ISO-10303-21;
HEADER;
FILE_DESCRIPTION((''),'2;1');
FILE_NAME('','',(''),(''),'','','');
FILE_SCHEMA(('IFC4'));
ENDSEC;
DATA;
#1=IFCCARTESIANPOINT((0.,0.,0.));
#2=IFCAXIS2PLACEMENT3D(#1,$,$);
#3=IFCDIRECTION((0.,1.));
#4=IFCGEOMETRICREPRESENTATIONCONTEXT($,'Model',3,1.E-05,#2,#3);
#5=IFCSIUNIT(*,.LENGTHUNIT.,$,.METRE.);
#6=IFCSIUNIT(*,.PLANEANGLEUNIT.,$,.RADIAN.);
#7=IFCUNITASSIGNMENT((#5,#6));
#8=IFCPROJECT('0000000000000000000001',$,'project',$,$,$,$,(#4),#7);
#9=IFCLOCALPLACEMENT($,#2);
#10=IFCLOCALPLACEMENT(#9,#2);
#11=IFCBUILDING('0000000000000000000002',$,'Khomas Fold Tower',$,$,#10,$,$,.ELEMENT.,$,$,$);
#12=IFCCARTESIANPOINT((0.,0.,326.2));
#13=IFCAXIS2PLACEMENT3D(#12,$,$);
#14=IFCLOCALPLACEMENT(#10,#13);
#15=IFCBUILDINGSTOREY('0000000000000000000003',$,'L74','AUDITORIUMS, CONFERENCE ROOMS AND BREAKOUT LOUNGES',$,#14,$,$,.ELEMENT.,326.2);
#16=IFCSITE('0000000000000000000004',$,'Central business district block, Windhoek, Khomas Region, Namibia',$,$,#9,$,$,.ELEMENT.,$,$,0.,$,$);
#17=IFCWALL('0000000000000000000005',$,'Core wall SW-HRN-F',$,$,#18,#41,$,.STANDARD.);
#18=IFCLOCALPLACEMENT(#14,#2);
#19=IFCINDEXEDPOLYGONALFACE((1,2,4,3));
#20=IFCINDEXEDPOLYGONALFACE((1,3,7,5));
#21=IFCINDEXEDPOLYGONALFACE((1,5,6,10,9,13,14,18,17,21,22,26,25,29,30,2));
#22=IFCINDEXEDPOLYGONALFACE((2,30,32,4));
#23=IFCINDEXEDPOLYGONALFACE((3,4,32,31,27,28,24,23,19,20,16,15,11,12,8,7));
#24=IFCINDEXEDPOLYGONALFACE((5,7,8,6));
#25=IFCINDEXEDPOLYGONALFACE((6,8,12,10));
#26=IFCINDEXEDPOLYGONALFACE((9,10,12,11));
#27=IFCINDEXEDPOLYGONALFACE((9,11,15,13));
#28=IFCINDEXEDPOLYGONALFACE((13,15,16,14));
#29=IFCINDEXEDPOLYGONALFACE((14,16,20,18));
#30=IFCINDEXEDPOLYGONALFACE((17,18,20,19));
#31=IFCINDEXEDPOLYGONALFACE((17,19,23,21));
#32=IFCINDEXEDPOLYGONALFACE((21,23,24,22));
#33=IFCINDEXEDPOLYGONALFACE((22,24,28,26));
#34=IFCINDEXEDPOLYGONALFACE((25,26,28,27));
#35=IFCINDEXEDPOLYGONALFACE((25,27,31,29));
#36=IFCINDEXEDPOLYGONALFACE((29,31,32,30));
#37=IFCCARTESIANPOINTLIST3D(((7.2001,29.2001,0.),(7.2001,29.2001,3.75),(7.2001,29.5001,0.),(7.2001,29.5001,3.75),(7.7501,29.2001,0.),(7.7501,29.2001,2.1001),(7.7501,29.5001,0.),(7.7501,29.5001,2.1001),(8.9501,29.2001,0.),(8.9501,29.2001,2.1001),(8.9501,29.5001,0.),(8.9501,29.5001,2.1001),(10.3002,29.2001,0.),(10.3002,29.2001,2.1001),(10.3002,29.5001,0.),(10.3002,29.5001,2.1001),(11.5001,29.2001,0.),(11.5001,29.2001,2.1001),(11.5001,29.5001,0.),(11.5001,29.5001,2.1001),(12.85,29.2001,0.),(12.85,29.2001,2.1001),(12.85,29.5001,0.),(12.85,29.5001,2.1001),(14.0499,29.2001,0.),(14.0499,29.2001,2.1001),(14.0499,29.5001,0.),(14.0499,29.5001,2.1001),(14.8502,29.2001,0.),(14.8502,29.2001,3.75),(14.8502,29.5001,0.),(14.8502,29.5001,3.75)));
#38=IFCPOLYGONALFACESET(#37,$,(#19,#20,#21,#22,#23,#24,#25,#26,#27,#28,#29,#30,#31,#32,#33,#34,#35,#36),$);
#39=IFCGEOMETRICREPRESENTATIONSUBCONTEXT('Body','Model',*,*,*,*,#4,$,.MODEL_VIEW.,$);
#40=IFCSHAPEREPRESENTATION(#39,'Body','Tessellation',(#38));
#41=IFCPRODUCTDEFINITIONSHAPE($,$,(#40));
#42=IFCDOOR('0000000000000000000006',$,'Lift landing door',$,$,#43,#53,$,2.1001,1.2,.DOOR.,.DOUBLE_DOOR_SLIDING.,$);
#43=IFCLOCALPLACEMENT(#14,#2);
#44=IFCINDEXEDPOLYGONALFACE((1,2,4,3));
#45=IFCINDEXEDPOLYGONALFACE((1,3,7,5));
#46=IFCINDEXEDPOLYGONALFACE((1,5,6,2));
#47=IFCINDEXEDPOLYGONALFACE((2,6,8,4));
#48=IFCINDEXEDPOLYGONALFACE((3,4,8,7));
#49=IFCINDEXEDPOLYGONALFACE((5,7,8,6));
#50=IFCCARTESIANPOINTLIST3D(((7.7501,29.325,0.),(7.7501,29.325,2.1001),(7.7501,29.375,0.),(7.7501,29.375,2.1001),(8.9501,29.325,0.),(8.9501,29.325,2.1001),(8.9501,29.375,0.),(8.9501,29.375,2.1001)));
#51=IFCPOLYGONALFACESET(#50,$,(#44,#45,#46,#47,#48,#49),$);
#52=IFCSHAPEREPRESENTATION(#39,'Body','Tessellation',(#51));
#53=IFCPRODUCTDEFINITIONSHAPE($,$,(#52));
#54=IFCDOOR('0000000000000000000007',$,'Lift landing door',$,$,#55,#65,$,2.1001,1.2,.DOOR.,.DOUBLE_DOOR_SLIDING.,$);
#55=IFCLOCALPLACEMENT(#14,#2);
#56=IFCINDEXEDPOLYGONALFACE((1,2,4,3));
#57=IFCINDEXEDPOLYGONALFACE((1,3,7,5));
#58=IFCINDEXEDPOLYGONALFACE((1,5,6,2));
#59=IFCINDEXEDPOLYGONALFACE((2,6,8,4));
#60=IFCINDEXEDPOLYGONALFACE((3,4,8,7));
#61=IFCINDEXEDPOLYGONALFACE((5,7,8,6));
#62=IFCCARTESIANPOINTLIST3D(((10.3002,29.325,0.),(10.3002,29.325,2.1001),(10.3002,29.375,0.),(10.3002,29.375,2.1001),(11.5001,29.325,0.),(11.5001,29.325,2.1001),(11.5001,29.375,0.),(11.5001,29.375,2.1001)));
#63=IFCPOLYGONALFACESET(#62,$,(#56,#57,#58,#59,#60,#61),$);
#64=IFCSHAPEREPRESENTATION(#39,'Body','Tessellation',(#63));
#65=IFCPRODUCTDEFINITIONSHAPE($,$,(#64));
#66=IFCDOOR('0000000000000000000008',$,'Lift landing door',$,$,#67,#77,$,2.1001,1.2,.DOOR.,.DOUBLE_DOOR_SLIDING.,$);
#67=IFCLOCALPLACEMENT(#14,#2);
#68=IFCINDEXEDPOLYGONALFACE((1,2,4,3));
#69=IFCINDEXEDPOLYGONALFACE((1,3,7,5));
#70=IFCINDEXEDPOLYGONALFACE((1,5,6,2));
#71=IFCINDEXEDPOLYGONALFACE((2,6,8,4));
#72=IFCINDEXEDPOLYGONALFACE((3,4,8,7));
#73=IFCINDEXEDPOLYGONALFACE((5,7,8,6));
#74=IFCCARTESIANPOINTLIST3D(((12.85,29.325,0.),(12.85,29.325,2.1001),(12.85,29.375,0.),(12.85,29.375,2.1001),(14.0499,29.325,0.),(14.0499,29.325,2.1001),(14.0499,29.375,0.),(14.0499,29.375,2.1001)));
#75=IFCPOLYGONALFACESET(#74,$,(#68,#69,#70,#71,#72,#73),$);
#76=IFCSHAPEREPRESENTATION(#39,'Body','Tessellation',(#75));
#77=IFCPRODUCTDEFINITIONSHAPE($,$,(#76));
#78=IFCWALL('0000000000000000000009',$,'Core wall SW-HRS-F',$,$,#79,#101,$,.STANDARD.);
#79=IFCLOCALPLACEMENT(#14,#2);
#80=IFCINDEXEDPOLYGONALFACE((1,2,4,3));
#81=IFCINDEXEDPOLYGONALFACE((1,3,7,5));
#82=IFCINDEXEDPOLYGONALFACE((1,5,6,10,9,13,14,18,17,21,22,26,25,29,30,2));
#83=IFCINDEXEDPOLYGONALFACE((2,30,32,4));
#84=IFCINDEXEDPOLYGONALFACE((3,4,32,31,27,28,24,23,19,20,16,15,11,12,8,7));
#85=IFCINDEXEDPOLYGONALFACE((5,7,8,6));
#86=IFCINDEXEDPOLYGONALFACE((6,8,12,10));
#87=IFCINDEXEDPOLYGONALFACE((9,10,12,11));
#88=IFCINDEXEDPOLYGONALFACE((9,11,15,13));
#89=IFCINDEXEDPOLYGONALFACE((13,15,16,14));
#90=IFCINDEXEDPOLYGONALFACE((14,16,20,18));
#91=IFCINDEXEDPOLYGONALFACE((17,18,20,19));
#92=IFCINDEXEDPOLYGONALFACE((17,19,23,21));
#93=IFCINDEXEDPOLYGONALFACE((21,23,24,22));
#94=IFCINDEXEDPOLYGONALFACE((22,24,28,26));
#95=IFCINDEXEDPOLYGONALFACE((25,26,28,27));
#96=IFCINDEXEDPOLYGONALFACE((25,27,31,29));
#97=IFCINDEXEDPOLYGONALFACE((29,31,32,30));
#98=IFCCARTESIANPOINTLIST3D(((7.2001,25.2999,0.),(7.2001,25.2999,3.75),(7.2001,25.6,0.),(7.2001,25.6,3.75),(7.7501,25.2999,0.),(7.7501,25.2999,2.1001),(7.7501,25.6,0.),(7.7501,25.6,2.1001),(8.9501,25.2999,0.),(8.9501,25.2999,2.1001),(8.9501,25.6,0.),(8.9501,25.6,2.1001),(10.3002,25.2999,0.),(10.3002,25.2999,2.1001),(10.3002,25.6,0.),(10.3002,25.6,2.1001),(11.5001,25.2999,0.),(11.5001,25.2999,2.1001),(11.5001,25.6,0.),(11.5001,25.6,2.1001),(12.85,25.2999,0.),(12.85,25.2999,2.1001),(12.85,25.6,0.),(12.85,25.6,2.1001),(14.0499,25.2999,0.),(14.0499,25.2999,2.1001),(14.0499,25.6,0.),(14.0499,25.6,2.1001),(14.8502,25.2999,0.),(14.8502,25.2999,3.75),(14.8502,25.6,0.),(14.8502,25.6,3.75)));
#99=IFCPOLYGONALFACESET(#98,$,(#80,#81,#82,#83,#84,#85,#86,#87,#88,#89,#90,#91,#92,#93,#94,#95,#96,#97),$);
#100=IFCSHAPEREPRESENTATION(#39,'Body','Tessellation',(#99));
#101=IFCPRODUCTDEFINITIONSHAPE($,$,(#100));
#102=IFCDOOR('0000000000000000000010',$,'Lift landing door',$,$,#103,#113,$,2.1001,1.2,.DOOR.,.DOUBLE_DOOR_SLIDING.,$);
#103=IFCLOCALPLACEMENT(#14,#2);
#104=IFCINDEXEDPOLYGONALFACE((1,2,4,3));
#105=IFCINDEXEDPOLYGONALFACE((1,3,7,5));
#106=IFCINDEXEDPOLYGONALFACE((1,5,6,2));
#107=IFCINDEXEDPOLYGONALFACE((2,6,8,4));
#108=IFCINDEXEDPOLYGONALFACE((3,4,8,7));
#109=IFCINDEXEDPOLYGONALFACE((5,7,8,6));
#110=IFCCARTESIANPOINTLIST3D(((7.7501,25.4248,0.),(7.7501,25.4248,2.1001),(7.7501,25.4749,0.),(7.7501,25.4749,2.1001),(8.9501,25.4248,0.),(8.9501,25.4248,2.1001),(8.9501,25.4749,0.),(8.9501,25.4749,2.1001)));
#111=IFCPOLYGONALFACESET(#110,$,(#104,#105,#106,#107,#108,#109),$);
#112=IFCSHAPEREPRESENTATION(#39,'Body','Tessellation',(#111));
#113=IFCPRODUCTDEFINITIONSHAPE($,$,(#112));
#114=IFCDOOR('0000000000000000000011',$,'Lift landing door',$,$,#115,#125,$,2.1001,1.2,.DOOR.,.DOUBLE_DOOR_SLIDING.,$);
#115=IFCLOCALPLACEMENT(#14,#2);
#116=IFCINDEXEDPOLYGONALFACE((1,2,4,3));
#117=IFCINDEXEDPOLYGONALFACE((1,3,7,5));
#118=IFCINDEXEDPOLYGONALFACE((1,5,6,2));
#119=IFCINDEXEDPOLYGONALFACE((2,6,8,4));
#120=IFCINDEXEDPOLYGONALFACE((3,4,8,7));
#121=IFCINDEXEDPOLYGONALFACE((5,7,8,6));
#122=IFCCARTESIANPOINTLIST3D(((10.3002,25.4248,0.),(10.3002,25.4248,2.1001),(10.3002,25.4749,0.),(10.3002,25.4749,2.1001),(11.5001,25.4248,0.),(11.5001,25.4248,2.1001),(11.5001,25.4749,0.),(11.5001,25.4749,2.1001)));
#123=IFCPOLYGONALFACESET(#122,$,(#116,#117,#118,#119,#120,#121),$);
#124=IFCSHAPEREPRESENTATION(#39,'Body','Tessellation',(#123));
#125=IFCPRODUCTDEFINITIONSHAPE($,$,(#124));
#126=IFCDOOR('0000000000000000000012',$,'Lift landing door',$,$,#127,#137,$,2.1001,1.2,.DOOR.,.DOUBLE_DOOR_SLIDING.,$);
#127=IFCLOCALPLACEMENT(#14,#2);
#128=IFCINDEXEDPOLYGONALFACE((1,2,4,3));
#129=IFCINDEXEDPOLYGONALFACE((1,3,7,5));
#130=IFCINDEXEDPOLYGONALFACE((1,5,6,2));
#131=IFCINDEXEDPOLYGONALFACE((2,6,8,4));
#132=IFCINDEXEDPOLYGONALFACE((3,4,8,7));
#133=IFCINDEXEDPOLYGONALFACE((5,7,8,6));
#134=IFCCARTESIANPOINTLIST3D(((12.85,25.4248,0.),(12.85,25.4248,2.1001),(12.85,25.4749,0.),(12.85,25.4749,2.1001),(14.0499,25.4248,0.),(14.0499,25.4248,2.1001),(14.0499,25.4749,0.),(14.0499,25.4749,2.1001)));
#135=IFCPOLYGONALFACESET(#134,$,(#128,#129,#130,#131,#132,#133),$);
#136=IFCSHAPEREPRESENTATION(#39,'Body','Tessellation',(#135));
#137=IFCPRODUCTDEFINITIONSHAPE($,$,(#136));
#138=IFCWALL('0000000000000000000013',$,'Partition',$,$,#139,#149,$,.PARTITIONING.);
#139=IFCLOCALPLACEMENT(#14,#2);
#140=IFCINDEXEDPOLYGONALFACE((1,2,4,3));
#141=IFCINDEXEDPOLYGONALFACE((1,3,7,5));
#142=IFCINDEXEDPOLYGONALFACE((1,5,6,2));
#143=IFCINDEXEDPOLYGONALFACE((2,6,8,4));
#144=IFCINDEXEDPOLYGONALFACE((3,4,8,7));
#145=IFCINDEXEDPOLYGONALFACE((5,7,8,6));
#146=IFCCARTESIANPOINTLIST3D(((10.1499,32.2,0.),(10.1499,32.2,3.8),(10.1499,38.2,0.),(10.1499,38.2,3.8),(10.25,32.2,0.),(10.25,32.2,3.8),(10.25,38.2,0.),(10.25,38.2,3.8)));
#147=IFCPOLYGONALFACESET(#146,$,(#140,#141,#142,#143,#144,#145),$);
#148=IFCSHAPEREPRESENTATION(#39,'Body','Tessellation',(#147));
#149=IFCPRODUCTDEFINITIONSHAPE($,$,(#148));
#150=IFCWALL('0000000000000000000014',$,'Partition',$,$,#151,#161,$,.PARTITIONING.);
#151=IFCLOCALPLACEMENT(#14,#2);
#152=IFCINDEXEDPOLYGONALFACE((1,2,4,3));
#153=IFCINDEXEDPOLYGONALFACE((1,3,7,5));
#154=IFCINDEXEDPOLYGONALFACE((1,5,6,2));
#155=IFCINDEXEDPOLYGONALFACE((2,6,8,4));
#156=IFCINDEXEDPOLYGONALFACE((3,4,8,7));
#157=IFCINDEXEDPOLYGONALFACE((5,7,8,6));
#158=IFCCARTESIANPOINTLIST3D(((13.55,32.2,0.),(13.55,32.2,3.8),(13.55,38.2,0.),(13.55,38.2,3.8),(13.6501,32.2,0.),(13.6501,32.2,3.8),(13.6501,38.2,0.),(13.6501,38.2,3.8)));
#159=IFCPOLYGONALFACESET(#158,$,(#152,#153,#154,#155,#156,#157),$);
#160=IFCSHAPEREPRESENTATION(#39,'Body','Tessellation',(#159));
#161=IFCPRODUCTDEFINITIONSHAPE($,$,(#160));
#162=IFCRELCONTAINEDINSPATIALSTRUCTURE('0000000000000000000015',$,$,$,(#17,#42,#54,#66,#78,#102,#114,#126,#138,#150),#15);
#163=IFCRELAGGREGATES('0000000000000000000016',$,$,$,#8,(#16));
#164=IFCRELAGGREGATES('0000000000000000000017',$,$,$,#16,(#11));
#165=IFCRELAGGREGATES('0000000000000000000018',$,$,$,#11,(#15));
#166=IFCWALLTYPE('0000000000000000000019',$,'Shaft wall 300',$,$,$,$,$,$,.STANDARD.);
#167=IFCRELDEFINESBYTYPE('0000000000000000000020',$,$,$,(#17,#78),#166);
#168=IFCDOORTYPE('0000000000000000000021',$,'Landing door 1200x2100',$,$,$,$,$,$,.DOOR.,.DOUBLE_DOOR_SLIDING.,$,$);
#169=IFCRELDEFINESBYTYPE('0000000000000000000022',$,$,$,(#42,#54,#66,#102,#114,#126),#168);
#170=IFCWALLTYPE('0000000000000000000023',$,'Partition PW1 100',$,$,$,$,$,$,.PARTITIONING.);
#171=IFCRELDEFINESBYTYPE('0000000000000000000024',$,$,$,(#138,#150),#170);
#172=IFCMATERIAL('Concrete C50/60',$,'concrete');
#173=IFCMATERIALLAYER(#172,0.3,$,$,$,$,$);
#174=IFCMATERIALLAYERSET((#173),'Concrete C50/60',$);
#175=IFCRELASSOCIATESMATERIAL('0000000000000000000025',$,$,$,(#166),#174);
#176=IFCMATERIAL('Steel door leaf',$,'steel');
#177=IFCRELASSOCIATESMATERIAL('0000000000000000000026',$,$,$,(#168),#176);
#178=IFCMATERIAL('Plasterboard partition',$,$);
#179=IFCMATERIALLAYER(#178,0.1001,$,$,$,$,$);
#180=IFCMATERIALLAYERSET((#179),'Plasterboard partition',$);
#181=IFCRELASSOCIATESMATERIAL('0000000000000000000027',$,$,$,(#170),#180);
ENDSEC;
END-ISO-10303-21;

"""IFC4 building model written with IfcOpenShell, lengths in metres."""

from ifc_helpers import new_model, si_unit, direction, frame, frame_2d, origin, place, context, subcontext, project, spatial, rectangle, extrude, source, transform, mapped, material, layer, layer_set, type_object, element, fill, save


model = new_model("IFC4")

# Units and contexts
model_context = context("Model", 3, precision=1e-05, world=origin(), true_north=direction((0.0, 1.0)))
body_context = subcontext(model_context, "Body", "Model", "MODEL_VIEW")
ifc_project = project(units=[si_unit("LENGTHUNIT", "METRE"), si_unit("PLANEANGLEUNIT", "RADIAN")], contexts=[model_context])

# Site, building, storey
site_placement = place(None, origin())
site = spatial("IfcSite", under=ifc_project, at=site_placement, Name="Central business district block, Windhoek, Khomas Region, Namibia", CompositionType="ELEMENT", RefElevation=0.0)
building_placement = place(site_placement, origin())
building = spatial("IfcBuilding", under=site, at=building_placement, Name="Khomas Fold Tower", CompositionType="ELEMENT")
storey_placement = place(building_placement, frame((0.0, 0.0, 326.2)))
storey = spatial("IfcBuildingStorey", under=building, at=storey_placement, Name="L74", Description="AUDITORIUMS, CONFERENCE ROOMS AND BREAKOUT LOUNGES", CompositionType="ELEMENT", Elevation=326.2)

# Shared definitions
ifc_material_1 = material(Name="Concrete C50/60", Category="concrete")
ifc_layer_1 = layer(ifc_material_1, 0.3)
ifc_layer_set_1 = layer_set([ifc_layer_1], Name="Concrete C50/60")
wall_type_1 = type_object("IfcWallType", Name="Shaft wall 300", PredefinedType="STANDARD", material=ifc_layer_set_1)
shared_shape_1 = source(origin(), body_context, "Body", "SweptSolid", [
    extrude(rectangle(XDim=7.6501, YDim=0.3, at=frame_2d((3.8252, 0.0))), origin(), (0.0, 0.0, 1.0), 3.75),
])

# Walls, openings, doors
wall_1_placement = place(storey_placement, frame((7.2, 29.3501, 0.0), z_axis=(0.0, 0.0, 1.0), x_axis=(1.0, 0.0, 0.0)))
wall_1 = element("IfcWall", 1, at=wall_1_placement, inside=storey, type_object=wall_type_1, Name="Core wall SW-HRN-F", PredefinedType="STANDARD", context=body_context, shape_type="MappedRepresentation", body=[
    mapped(shared_shape_1, transform((0.0, 0.0, 0.0))),
])
shared_shape_2 = source(origin(), body_context, "Body", "SweptSolid", [
    extrude(rectangle(XDim=1.2, YDim=2.1001, at=frame_2d((0.6001, 1.05))), frame((0.0, 0.1599, 0.0), z_axis=(0.0, -1.0, 0.0), x_axis=(1.0, 0.0, 0.0)), (0.0, 0.0, 1.0), 0.3201),
])
opening_1_placement = place(wall_1_placement, frame((0.55, 0.0, 0.0)))
opening_1 = element("IfcOpeningElement", 2, at=opening_1_placement, cuts=wall_1, PredefinedType="OPENING", context=body_context, shape_type="MappedRepresentation", body=[
    mapped(shared_shape_2, transform((0.0, 0.0, 0.0))),
])
opening_2_placement = place(wall_1_placement, frame((3.1001, 0.0, 0.0)))
opening_2 = element("IfcOpeningElement", 3, at=opening_2_placement, cuts=wall_1, PredefinedType="OPENING", context=body_context, shape_type="MappedRepresentation", body=[
    mapped(shared_shape_2, transform((0.0, 0.0, 0.0))),
])
opening_3_placement = place(wall_1_placement, frame((5.6499, 0.0, 0.0)))
opening_3 = element("IfcOpeningElement", 4, at=opening_3_placement, cuts=wall_1, PredefinedType="OPENING", context=body_context, shape_type="MappedRepresentation", body=[
    mapped(shared_shape_2, transform((0.0, 0.0, 0.0))),
])
ifc_material_2 = material(Name="Steel door leaf", Category="steel")
door_type_1 = type_object("IfcDoorType", Name="Landing door 1200x2100", OperationType="DOUBLE_DOOR_SLIDING", PredefinedType="DOOR", material=ifc_material_2)
shared_shape_3 = source(origin(), body_context, "Body", "SweptSolid", [
    extrude(rectangle(XDim=1.2, YDim=2.1001, at=frame_2d((0.6001, 1.05))), frame((0.0, 0.0249, 0.0), z_axis=(0.0, -1.0, 0.0), x_axis=(1.0, 0.0, 0.0)), (0.0, 0.0, 1.0), 0.05),
])
door_1_placement = place(opening_1_placement, origin())
door_1 = element("IfcDoor", 5, at=door_1_placement, inside=storey, type_object=door_type_1, Name="Lift landing door", OperationType="DOUBLE_DOOR_SLIDING", OverallHeight=2.1001, OverallWidth=1.2, PredefinedType="DOOR", context=body_context, shape_type="MappedRepresentation", body=[
    mapped(shared_shape_3, transform((0.0, 0.0, 0.0))),
])
fill(opening_1, door_1)
door_2_placement = place(opening_2_placement, origin())
door_2 = element("IfcDoor", 6, at=door_2_placement, inside=storey, type_object=door_type_1, Name="Lift landing door", OperationType="DOUBLE_DOOR_SLIDING", OverallHeight=2.1001, OverallWidth=1.2, PredefinedType="DOOR", context=body_context, shape_type="MappedRepresentation", body=[
    mapped(shared_shape_3, transform((0.0, 0.0, 0.0))),
])
fill(opening_2, door_2)
door_3_placement = place(opening_3_placement, origin())
door_3 = element("IfcDoor", 7, at=door_3_placement, inside=storey, type_object=door_type_1, Name="Lift landing door", OperationType="DOUBLE_DOOR_SLIDING", OverallHeight=2.1001, OverallWidth=1.2, PredefinedType="DOOR", context=body_context, shape_type="MappedRepresentation", body=[
    mapped(shared_shape_3, transform((0.0, 0.0, 0.0))),
])
fill(opening_3, door_3)
wall_2_placement = place(storey_placement, frame((7.2, 25.45, 0.0), z_axis=(0.0, 0.0, 1.0), x_axis=(1.0, 0.0, 0.0)))
wall_2 = element("IfcWall", 8, at=wall_2_placement, inside=storey, type_object=wall_type_1, Name="Core wall SW-HRS-F", PredefinedType="STANDARD", context=body_context, shape_type="MappedRepresentation", body=[
    mapped(shared_shape_1, transform((0.0, 0.0, 0.0))),
])
opening_4_placement = place(wall_2_placement, frame((0.55, 0.0, 0.0)))
opening_4 = element("IfcOpeningElement", 9, at=opening_4_placement, cuts=wall_2, PredefinedType="OPENING", context=body_context, shape_type="MappedRepresentation", body=[
    mapped(shared_shape_2, transform((0.0, 0.0, 0.0))),
])
opening_5_placement = place(wall_2_placement, frame((3.1001, 0.0, 0.0)))
opening_5 = element("IfcOpeningElement", 10, at=opening_5_placement, cuts=wall_2, PredefinedType="OPENING", context=body_context, shape_type="MappedRepresentation", body=[
    mapped(shared_shape_2, transform((0.0, 0.0, 0.0))),
])
opening_6_placement = place(wall_2_placement, frame((5.6499, 0.0, 0.0)))
opening_6 = element("IfcOpeningElement", 11, at=opening_6_placement, cuts=wall_2, PredefinedType="OPENING", context=body_context, shape_type="MappedRepresentation", body=[
    mapped(shared_shape_2, transform((0.0, 0.0, 0.0))),
])
door_4_placement = place(opening_4_placement, origin())
door_4 = element("IfcDoor", 12, at=door_4_placement, inside=storey, type_object=door_type_1, Name="Lift landing door", OperationType="DOUBLE_DOOR_SLIDING", OverallHeight=2.1001, OverallWidth=1.2, PredefinedType="DOOR", context=body_context, shape_type="MappedRepresentation", body=[
    mapped(shared_shape_3, transform((0.0, 0.0, 0.0))),
])
fill(opening_4, door_4)
door_5_placement = place(opening_5_placement, origin())
door_5 = element("IfcDoor", 13, at=door_5_placement, inside=storey, type_object=door_type_1, Name="Lift landing door", OperationType="DOUBLE_DOOR_SLIDING", OverallHeight=2.1001, OverallWidth=1.2, PredefinedType="DOOR", context=body_context, shape_type="MappedRepresentation", body=[
    mapped(shared_shape_3, transform((0.0, 0.0, 0.0))),
])
fill(opening_5, door_5)
door_6_placement = place(opening_6_placement, origin())
door_6 = element("IfcDoor", 14, at=door_6_placement, inside=storey, type_object=door_type_1, Name="Lift landing door", OperationType="DOUBLE_DOOR_SLIDING", OverallHeight=2.1001, OverallWidth=1.2, PredefinedType="DOOR", context=body_context, shape_type="MappedRepresentation", body=[
    mapped(shared_shape_3, transform((0.0, 0.0, 0.0))),
])
fill(opening_6, door_6)

# Walls
ifc_material_3 = material(Name="Plasterboard partition")
ifc_layer_2 = layer(ifc_material_3, 0.1001)
ifc_layer_set_2 = layer_set([ifc_layer_2], Name="Plasterboard partition")
wall_type_2 = type_object("IfcWallType", Name="Partition PW1 100", PredefinedType="PARTITIONING", material=ifc_layer_set_2)
shared_shape_4 = source(origin(), body_context, "Body", "SweptSolid", [
    extrude(rectangle(XDim=6.0, YDim=0.1001, at=frame_2d((3.0, 0.0))), origin(), (0.0, 0.0, 1.0), 3.8),
])
for number, where, z_axis, x_axis, name in (
    (15, (10.2, 32.2, 0.0), (0.0, 0.0, 1.0), (0.0, 1.0, 0.0), "Partition"),
    (16, (13.6001, 32.2, 0.0), (0.0, 0.0, 1.0), (0.0, 1.0, 0.0), "Partition"),
):
    element("IfcWall", number, at=place(storey_placement, frame(where, z_axis=z_axis, x_axis=x_axis)), inside=storey, type_object=wall_type_2, Name=name, PredefinedType="PARTITIONING", context=body_context, shape_type="MappedRepresentation", body=[
        mapped(shared_shape_4, transform((0.0, 0.0, 0.0))),
    ])

save(model, "model.ifc")
